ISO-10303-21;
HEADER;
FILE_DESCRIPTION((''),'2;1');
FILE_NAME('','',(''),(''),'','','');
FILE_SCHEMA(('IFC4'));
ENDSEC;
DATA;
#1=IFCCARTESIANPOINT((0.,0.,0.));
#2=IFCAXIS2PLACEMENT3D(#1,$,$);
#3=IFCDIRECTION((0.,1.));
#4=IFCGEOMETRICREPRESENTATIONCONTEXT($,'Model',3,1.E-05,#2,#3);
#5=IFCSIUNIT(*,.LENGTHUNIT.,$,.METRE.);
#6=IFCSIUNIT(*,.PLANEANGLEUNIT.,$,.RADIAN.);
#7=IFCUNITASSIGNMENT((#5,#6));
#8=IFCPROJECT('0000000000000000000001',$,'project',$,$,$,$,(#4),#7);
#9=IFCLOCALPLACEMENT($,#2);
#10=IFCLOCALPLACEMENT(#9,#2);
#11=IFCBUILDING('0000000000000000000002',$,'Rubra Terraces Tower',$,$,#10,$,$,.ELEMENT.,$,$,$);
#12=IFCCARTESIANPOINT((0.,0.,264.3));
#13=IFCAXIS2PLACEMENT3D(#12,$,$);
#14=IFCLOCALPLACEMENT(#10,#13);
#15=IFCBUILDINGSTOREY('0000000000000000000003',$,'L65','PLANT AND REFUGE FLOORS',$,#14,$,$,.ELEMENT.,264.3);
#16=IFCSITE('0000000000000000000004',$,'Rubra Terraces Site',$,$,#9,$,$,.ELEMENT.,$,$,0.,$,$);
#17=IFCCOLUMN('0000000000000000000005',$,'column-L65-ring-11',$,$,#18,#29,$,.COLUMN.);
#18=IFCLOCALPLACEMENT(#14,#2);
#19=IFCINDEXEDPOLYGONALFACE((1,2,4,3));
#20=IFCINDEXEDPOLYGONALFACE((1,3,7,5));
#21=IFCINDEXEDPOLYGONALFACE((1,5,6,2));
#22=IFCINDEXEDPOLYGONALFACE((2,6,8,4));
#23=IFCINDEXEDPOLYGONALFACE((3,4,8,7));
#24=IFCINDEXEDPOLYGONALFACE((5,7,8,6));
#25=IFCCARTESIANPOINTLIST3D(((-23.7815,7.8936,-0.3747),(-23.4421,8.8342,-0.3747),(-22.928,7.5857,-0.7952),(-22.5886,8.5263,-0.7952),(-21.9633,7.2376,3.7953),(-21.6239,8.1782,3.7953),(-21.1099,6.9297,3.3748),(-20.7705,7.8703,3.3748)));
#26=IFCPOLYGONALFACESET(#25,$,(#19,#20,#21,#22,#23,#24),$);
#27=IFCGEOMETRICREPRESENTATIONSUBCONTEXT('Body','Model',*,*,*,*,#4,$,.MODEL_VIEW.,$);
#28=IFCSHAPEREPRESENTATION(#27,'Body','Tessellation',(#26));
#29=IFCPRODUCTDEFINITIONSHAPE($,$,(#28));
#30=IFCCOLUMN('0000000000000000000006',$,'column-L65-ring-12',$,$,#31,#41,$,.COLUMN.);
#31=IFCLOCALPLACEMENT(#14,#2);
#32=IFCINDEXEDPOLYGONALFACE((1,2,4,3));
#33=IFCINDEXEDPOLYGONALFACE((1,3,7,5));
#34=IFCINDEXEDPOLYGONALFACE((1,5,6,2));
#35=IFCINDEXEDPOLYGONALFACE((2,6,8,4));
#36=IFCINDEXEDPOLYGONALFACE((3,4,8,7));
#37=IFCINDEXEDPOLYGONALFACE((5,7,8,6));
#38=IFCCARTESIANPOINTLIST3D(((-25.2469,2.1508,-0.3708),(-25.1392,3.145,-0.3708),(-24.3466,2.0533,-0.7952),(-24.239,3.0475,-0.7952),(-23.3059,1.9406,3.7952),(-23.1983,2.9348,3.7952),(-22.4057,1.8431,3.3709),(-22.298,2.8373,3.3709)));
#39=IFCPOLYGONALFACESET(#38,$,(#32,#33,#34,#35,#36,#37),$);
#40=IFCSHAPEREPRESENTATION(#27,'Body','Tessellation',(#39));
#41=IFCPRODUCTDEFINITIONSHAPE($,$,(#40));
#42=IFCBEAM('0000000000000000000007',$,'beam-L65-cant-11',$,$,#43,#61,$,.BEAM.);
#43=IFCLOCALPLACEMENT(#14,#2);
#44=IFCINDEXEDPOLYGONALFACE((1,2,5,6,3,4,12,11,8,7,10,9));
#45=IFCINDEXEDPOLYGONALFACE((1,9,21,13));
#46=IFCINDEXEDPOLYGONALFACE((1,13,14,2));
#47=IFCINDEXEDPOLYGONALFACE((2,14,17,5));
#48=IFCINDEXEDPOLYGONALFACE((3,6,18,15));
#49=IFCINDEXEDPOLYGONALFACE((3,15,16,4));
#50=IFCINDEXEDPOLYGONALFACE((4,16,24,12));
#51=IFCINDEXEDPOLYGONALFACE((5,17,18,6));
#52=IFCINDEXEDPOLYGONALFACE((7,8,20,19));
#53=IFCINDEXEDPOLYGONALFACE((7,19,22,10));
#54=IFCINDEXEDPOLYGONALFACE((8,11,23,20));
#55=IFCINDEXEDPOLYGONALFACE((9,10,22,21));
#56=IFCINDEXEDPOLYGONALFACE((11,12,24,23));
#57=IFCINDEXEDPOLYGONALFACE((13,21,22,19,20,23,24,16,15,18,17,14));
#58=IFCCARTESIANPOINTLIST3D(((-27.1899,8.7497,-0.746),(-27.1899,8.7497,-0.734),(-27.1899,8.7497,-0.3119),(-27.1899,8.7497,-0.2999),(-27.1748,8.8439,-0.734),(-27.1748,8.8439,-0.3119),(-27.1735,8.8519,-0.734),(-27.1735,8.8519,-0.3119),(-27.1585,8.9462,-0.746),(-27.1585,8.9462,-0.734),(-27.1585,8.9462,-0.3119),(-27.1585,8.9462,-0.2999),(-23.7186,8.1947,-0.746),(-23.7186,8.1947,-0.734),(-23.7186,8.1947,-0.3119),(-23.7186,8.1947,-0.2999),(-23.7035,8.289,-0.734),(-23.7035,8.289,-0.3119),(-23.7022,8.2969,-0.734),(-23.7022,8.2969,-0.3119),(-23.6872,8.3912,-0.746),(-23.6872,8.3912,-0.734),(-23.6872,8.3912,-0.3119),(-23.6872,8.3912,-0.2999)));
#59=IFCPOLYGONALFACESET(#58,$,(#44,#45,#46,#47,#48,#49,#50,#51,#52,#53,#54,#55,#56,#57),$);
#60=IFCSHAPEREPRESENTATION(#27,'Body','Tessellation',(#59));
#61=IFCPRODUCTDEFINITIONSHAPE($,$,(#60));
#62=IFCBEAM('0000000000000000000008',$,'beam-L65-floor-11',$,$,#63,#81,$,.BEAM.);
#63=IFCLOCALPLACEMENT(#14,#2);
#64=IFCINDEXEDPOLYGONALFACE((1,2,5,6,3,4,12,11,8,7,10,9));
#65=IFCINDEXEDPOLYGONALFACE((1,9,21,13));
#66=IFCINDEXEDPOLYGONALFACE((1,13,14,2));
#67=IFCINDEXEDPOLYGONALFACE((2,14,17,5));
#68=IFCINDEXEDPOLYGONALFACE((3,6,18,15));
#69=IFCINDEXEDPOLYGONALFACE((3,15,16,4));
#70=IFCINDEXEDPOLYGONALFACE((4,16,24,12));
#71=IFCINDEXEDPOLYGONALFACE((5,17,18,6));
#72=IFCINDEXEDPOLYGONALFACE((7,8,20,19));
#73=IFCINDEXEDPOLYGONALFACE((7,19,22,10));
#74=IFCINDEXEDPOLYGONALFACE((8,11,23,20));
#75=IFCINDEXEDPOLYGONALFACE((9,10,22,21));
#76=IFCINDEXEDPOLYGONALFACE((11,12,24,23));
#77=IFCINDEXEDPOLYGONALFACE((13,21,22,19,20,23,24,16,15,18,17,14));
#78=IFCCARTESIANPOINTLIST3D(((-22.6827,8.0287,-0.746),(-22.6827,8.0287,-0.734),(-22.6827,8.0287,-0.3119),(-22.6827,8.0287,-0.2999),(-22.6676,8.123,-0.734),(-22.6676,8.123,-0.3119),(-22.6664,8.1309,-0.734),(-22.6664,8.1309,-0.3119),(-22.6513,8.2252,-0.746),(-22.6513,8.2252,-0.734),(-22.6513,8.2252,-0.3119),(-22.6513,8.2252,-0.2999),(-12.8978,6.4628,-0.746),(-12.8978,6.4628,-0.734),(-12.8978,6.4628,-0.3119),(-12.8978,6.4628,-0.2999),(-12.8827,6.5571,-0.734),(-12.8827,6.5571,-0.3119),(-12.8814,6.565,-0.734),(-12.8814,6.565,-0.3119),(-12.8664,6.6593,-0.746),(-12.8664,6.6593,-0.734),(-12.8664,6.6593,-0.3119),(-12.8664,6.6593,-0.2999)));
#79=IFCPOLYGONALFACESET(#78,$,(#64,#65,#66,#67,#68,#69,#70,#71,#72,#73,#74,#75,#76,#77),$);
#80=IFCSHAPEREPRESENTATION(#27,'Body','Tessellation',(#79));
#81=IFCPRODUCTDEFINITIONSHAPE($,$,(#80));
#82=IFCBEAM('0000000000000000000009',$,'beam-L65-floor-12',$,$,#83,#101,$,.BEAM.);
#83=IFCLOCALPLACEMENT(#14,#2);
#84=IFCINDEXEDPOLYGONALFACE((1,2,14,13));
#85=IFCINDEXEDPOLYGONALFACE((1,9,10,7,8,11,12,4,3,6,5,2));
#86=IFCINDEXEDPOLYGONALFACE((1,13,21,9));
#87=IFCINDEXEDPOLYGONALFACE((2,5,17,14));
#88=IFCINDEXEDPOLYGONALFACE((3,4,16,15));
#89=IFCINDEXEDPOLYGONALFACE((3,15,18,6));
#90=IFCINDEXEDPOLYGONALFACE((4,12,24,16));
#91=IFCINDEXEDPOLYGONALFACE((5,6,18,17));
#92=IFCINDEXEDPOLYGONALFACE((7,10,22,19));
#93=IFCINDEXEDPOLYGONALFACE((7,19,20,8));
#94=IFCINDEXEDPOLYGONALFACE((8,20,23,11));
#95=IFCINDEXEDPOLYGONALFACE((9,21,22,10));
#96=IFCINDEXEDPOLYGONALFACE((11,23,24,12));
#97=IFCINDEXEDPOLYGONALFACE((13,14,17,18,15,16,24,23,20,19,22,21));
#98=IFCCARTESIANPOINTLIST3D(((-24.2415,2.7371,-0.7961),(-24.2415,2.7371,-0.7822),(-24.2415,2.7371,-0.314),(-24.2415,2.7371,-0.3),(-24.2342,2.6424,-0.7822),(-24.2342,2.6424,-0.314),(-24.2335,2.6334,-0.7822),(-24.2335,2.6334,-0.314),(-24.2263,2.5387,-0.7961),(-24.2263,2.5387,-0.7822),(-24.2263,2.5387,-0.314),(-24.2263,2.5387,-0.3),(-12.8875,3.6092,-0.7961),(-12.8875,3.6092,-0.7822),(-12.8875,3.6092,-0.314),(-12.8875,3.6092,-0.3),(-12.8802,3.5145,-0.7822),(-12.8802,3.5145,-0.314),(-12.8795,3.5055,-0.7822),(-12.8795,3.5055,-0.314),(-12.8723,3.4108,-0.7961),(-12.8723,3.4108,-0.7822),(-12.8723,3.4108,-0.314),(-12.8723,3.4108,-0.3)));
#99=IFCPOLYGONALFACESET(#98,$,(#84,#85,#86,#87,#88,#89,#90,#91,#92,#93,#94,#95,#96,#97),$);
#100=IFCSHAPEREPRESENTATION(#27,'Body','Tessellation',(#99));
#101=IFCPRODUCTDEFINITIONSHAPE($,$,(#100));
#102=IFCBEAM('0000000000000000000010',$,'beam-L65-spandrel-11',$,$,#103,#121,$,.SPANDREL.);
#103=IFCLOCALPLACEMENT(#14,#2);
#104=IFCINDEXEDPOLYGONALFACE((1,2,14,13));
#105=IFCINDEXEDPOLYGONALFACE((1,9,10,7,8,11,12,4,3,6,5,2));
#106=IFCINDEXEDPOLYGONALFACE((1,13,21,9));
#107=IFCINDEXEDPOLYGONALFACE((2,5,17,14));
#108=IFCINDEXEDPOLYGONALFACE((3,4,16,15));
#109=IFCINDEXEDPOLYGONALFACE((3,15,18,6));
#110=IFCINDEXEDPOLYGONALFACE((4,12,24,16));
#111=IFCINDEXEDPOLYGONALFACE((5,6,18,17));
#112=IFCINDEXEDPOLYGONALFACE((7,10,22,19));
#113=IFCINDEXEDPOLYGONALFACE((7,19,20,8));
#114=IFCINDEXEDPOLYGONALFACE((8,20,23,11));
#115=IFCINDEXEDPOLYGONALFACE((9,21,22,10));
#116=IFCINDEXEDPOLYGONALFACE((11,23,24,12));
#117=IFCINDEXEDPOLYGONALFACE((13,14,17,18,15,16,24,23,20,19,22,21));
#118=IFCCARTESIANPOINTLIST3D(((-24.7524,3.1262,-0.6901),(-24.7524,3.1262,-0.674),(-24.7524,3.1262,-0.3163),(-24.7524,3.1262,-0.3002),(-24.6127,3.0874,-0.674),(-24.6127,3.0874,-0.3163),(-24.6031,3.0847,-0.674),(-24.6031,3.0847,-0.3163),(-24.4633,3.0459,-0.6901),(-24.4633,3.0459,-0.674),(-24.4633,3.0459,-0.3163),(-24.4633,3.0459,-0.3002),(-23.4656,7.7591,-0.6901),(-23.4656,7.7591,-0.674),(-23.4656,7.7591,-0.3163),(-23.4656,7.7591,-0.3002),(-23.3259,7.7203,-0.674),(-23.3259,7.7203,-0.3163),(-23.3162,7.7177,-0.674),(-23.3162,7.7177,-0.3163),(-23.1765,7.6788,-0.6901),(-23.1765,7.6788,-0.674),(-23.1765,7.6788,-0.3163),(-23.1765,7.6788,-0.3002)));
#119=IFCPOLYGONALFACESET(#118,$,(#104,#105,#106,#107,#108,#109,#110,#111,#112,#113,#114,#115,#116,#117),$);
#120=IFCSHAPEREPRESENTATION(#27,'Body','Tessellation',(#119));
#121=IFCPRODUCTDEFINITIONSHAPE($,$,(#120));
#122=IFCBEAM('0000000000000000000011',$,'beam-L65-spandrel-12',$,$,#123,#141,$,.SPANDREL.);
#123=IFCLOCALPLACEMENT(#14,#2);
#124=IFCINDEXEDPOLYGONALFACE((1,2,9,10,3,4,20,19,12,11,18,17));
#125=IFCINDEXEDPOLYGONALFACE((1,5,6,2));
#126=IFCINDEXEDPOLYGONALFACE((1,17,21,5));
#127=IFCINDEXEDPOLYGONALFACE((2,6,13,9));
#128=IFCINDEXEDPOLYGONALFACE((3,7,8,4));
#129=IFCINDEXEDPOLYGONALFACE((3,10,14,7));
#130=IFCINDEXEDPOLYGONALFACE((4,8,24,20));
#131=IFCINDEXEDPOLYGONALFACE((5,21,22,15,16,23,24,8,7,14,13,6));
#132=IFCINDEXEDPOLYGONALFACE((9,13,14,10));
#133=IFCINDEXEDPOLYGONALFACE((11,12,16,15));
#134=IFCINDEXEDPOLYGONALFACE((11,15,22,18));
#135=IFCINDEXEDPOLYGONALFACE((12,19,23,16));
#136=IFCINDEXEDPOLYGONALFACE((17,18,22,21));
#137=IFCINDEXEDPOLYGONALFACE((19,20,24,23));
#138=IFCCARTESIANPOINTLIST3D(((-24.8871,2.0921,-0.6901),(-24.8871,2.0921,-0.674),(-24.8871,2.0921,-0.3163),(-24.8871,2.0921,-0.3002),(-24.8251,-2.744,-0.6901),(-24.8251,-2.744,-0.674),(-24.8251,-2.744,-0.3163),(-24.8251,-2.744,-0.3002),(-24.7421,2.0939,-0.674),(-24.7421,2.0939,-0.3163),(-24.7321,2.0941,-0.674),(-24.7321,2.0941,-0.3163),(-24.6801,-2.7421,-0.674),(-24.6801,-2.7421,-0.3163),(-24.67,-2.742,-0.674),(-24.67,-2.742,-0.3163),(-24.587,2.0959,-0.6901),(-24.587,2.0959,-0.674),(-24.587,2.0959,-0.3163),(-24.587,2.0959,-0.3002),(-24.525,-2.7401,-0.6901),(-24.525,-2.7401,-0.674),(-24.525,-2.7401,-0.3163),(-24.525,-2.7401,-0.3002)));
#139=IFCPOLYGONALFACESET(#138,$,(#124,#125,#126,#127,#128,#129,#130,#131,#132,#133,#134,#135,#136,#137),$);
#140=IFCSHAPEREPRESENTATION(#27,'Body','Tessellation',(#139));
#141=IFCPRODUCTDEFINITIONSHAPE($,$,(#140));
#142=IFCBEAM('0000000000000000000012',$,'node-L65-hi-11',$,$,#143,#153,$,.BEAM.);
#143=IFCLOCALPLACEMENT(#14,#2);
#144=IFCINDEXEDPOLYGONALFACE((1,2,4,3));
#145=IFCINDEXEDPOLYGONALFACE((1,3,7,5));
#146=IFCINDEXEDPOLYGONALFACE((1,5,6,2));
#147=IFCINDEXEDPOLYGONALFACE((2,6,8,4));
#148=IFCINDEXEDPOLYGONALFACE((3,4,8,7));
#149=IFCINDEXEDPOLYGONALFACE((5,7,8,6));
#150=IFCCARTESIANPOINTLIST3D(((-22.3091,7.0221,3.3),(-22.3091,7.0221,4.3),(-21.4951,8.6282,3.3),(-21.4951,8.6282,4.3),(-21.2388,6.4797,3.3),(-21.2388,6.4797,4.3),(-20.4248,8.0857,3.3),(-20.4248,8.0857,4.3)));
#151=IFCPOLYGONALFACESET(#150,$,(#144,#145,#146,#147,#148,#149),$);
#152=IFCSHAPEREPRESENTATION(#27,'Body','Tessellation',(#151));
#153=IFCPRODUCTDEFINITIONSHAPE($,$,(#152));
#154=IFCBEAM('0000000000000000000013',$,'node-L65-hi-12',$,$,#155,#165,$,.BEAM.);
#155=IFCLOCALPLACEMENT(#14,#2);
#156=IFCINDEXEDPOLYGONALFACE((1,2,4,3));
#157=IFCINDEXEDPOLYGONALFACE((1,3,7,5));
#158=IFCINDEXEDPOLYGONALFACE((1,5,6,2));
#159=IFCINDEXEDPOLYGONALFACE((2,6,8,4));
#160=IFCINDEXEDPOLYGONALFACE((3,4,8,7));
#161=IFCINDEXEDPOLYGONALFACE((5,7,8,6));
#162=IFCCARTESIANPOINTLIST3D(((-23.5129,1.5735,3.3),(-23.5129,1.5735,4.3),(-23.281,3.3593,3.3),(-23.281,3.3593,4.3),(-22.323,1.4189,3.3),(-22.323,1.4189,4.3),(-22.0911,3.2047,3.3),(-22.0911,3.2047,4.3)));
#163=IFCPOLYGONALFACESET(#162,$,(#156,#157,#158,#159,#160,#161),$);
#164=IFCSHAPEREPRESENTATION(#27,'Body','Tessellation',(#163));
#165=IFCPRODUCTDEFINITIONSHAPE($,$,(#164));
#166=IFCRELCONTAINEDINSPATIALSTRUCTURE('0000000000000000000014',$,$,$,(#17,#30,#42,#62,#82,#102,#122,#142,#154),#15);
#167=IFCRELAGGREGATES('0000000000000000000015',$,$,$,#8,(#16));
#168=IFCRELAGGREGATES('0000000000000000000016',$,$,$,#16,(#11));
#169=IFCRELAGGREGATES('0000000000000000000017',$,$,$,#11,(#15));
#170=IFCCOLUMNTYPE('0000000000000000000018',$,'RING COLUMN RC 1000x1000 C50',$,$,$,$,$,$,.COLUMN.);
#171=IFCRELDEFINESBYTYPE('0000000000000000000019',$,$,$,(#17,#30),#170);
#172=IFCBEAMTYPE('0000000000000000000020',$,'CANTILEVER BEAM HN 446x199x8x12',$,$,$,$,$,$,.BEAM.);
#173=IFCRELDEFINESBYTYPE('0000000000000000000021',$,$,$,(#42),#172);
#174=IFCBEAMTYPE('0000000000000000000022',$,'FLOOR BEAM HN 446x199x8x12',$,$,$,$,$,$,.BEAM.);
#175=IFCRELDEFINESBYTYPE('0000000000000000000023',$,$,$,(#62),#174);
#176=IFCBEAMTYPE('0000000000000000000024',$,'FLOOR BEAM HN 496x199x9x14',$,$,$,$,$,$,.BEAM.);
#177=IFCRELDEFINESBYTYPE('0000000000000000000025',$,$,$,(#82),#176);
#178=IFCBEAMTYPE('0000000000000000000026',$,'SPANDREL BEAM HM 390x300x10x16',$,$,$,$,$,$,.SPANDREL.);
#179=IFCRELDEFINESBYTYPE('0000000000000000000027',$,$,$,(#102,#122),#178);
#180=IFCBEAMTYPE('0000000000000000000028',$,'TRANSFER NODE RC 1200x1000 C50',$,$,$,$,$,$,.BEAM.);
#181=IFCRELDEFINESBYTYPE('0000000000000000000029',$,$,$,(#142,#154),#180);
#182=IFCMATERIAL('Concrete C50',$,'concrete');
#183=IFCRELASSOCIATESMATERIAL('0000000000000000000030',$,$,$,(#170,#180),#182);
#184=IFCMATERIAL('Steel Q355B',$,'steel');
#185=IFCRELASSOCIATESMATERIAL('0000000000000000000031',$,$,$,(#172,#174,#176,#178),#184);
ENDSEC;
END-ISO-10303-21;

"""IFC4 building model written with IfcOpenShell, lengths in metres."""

from ifc_helpers import new_model, si_unit, direction, frame, origin, origin_2d, place, context, subcontext, project, spatial, rectangle, i_section, extrude, material, material_profile, profile_set, type_object, element, save


model = new_model("IFC4")

# Units and contexts
model_context = context("Model", 3, precision=1e-05, world=origin(), true_north=direction((0.0, 1.0)))
body_context = subcontext(model_context, "Body", "Model", "MODEL_VIEW")
ifc_project = project(units=[si_unit("LENGTHUNIT", "METRE"), si_unit("PLANEANGLEUNIT", "RADIAN")], contexts=[model_context])

# Site, building, storey
site_placement = place(None, origin())
site = spatial("IfcSite", under=ifc_project, at=site_placement, Name="Rubra Terraces Site", CompositionType="ELEMENT", RefElevation=0.0)
building_placement = place(site_placement, origin())
building = spatial("IfcBuilding", under=site, at=building_placement, Name="Rubra Terraces Tower", CompositionType="ELEMENT")
storey_placement = place(building_placement, frame((0.0, 0.0, 264.3)))
storey = spatial("IfcBuildingStorey", under=building, at=storey_placement, Name="L65", Description="PLANT AND REFUGE FLOORS", CompositionType="ELEMENT", Elevation=264.3)

# Columns
ifc_material_1 = material(Name="Concrete C50", Category="concrete")
ifc_material_profile_1 = material_profile(ifc_material_1, rectangle(XDim=1.0, YDim=1.0, at=origin_2d()), Name="RC 1000x1000")
ifc_profile_set_1 = profile_set([ifc_material_profile_1], Name="Concrete C50")
column_type = type_object("IfcColumnType", Name="RING COLUMN RC 1000x1000 C50", PredefinedType="COLUMN", material=ifc_profile_set_1)
column_1_placement = place(storey_placement, frame((-23.1851, 8.21, -0.585), z_axis=(0.395578, -0.142731, 0.907274), x_axis=(0.339399, 0.940642, 0.0)))
element("IfcColumn", 1, at=column_1_placement, inside=storey, type_object=column_type, Name="column-L65-ring-11", PredefinedType="COLUMN", context=body_context, shape_type="SweptSolid", body=[
    extrude(rectangle(XDim=1.0, YDim=1.0, at=origin_2d()), origin(), (0.0, 0.0, 1.0), 4.5962),
])
column_2_placement = place(storey_placement, frame((-24.7429, 2.5991, -0.583), z_axis=(0.421869, -0.045689, 0.905505), x_axis=(0.107672, 0.994186, 0.0)))
element("IfcColumn", 2, at=column_2_placement, inside=storey, type_object=column_type, Name="column-L65-ring-12", PredefinedType="COLUMN", context=body_context, shape_type="SweptSolid", body=[
    extrude(rectangle(XDim=1.0, YDim=1.0, at=origin_2d()), origin(), (0.0, 0.0, 1.0), 4.6008),
])

# Beams
ifc_material_2 = material(Name="Steel Q355B", Category="steel")
ifc_material_profile_2 = material_profile(ifc_material_2, i_section(OverallWidth=0.199, OverallDepth=0.446, WebThickness=0.0081, FlangeThickness=0.012, at=origin_2d()), Name="HN 446x199x8x12")
ifc_profile_set_2 = profile_set([ifc_material_profile_2], Name="Steel Q355B")
beam_type_1 = type_object("IfcBeamType", Name="CANTILEVER BEAM HN 446x199x8x12", PredefinedType="BEAM", material=ifc_profile_set_2)
beam_1_placement = place(storey_placement, frame((-23.7029, 8.293, -0.5229), z_axis=(-0.987461, 0.157863, 0.0), x_axis=(-0.157863, -0.987461, 0.0)))
element("IfcBeam", 3, at=beam_1_placement, inside=storey, type_object=beam_type_1, Name="beam-L65-cant-11", PredefinedType="BEAM", context=body_context, shape_type="SweptSolid", body=[
    extrude(i_section(OverallWidth=0.199, OverallDepth=0.446, WebThickness=0.0081, FlangeThickness=0.012, at=origin_2d()), origin(), (0.0, 0.0, 1.0), 3.5154),
])
ifc_material_profile_3 = material_profile(ifc_material_2, i_section(OverallWidth=0.199, OverallDepth=0.446, WebThickness=0.0081, FlangeThickness=0.012, at=origin_2d()), Name="HN 446x199x8x12")
ifc_profile_set_3 = profile_set([ifc_material_profile_3], Name="Steel Q355B")
beam_type_2 = type_object("IfcBeamType", Name="FLOOR BEAM HN 446x199x8x12", PredefinedType="BEAM", material=ifc_profile_set_3)
beam_2_placement = place(storey_placement, frame((-22.667, 8.127, -0.5229), z_axis=(0.987435, -0.158023, 0.0), x_axis=(0.158023, 0.987435, 0.0)))
element("IfcBeam", 4, at=beam_2_placement, inside=storey, type_object=beam_type_2, Name="beam-L65-floor-11", PredefinedType="BEAM", context=body_context, shape_type="SweptSolid", body=[
    extrude(i_section(OverallWidth=0.199, OverallDepth=0.446, WebThickness=0.0081, FlangeThickness=0.012, at=origin_2d()), origin(), (0.0, 0.0, 1.0), 9.9094),
])
ifc_material_profile_4 = material_profile(ifc_material_2, i_section(OverallWidth=0.199, OverallDepth=0.4961, WebThickness=0.009, FlangeThickness=0.0139, at=origin_2d()), Name="HN 496x199x9x14")
ifc_profile_set_4 = profile_set([ifc_material_profile_4], Name="Steel Q355B")
beam_type_3 = type_object("IfcBeamType", Name="FLOOR BEAM HN 496x199x9x14", PredefinedType="BEAM", material=ifc_profile_set_4)
beam_3_placement = place(storey_placement, frame((-24.2339, 2.6379, -0.5481), z_axis=(0.997063, 0.076582, 0.0), x_axis=(-0.076582, 0.997063, 0.0)))
element("IfcBeam", 5, at=beam_3_placement, inside=storey, type_object=beam_type_3, Name="beam-L65-floor-12", PredefinedType="BEAM", context=body_context, shape_type="SweptSolid", body=[
    extrude(i_section(OverallWidth=0.199, OverallDepth=0.4961, WebThickness=0.009, FlangeThickness=0.0139, at=origin_2d()), origin(), (0.0, 0.0, 1.0), 11.3875),
])
ifc_material_profile_5 = material_profile(ifc_material_2, i_section(OverallWidth=0.3, OverallDepth=0.3899, WebThickness=0.01, FlangeThickness=0.0161, at=origin_2d()), Name="HM 390x300x10x16")
ifc_profile_set_5 = profile_set([ifc_material_profile_5], Name="Steel Q355B")
beam_type_4 = type_object("IfcBeamType", Name="SPANDREL BEAM HM 390x300x10x16", PredefinedType="SPANDREL", material=ifc_profile_set_5)
beam_4_placement = place(storey_placement, frame((-23.321, 7.719, -0.4951), z_axis=(-0.267626, -0.963523, 0.0), x_axis=(0.963523, -0.267626, 0.0)))
element("IfcBeam", 6, at=beam_4_placement, inside=storey, type_object=beam_type_4, Name="beam-L65-spandrel-11", PredefinedType="SPANDREL", context=body_context, shape_type="SweptSolid", body=[
    extrude(i_section(OverallWidth=0.3, OverallDepth=0.3899, WebThickness=0.01, FlangeThickness=0.0161, at=origin_2d()), origin(), (0.0, 0.0, 1.0), 4.8083),
])
beam_5_placement = place(storey_placement, frame((-24.7371, 2.094, -0.4951), z_axis=(0.012822, -0.999918, 0.0), x_axis=(0.999918, 0.012822, 0.0)))
element("IfcBeam", 7, at=beam_5_placement, inside=storey, type_object=beam_type_4, Name="beam-L65-spandrel-12", PredefinedType="SPANDREL", context=body_context, shape_type="SweptSolid", body=[
    extrude(i_section(OverallWidth=0.3, OverallDepth=0.3899, WebThickness=0.01, FlangeThickness=0.0161, at=origin_2d()), origin(), (0.0, 0.0, 1.0), 4.8364),
])
ifc_material_profile_6 = material_profile(ifc_material_1, rectangle(XDim=1.2, YDim=1.0, at=origin_2d()), Name="RC 1200x1000")
ifc_profile_set_6 = profile_set([ifc_material_profile_6], Name="Concrete C50")
beam_type_5 = type_object("IfcBeamType", Name="TRANSFER NODE RC 1200x1000 C50", PredefinedType="BEAM", material=ifc_profile_set_6)
beam_6_placement = place(storey_placement, frame((-20.96, 8.3569, 3.8), z_axis=(-0.452089, -0.891973, 0.0), x_axis=(0.891973, -0.452089, 0.0)))
element("IfcBeam", 8, at=beam_6_placement, inside=storey, type_object=beam_type_5, Name="node-L65-hi-11", PredefinedType="BEAM", context=body_context, shape_type="SweptSolid", body=[
    extrude(rectangle(XDim=1.2, YDim=1.0, at=origin_2d()), origin(), (0.0, 0.0, 1.0), 1.8005),
])
beam_7_placement = place(storey_placement, frame((-22.686, 3.282, 3.8), z_axis=(-0.128789, -0.991672, 0.0), x_axis=(0.991672, -0.128789, 0.0)))
element("IfcBeam", 9, at=beam_7_placement, inside=storey, type_object=beam_type_5, Name="node-L65-hi-12", PredefinedType="BEAM", context=body_context, shape_type="SweptSolid", body=[
    extrude(rectangle(XDim=1.2, YDim=1.0, at=origin_2d()), origin(), (0.0, 0.0, 1.0), 1.8008),
])

save(model, "model.ifc")
